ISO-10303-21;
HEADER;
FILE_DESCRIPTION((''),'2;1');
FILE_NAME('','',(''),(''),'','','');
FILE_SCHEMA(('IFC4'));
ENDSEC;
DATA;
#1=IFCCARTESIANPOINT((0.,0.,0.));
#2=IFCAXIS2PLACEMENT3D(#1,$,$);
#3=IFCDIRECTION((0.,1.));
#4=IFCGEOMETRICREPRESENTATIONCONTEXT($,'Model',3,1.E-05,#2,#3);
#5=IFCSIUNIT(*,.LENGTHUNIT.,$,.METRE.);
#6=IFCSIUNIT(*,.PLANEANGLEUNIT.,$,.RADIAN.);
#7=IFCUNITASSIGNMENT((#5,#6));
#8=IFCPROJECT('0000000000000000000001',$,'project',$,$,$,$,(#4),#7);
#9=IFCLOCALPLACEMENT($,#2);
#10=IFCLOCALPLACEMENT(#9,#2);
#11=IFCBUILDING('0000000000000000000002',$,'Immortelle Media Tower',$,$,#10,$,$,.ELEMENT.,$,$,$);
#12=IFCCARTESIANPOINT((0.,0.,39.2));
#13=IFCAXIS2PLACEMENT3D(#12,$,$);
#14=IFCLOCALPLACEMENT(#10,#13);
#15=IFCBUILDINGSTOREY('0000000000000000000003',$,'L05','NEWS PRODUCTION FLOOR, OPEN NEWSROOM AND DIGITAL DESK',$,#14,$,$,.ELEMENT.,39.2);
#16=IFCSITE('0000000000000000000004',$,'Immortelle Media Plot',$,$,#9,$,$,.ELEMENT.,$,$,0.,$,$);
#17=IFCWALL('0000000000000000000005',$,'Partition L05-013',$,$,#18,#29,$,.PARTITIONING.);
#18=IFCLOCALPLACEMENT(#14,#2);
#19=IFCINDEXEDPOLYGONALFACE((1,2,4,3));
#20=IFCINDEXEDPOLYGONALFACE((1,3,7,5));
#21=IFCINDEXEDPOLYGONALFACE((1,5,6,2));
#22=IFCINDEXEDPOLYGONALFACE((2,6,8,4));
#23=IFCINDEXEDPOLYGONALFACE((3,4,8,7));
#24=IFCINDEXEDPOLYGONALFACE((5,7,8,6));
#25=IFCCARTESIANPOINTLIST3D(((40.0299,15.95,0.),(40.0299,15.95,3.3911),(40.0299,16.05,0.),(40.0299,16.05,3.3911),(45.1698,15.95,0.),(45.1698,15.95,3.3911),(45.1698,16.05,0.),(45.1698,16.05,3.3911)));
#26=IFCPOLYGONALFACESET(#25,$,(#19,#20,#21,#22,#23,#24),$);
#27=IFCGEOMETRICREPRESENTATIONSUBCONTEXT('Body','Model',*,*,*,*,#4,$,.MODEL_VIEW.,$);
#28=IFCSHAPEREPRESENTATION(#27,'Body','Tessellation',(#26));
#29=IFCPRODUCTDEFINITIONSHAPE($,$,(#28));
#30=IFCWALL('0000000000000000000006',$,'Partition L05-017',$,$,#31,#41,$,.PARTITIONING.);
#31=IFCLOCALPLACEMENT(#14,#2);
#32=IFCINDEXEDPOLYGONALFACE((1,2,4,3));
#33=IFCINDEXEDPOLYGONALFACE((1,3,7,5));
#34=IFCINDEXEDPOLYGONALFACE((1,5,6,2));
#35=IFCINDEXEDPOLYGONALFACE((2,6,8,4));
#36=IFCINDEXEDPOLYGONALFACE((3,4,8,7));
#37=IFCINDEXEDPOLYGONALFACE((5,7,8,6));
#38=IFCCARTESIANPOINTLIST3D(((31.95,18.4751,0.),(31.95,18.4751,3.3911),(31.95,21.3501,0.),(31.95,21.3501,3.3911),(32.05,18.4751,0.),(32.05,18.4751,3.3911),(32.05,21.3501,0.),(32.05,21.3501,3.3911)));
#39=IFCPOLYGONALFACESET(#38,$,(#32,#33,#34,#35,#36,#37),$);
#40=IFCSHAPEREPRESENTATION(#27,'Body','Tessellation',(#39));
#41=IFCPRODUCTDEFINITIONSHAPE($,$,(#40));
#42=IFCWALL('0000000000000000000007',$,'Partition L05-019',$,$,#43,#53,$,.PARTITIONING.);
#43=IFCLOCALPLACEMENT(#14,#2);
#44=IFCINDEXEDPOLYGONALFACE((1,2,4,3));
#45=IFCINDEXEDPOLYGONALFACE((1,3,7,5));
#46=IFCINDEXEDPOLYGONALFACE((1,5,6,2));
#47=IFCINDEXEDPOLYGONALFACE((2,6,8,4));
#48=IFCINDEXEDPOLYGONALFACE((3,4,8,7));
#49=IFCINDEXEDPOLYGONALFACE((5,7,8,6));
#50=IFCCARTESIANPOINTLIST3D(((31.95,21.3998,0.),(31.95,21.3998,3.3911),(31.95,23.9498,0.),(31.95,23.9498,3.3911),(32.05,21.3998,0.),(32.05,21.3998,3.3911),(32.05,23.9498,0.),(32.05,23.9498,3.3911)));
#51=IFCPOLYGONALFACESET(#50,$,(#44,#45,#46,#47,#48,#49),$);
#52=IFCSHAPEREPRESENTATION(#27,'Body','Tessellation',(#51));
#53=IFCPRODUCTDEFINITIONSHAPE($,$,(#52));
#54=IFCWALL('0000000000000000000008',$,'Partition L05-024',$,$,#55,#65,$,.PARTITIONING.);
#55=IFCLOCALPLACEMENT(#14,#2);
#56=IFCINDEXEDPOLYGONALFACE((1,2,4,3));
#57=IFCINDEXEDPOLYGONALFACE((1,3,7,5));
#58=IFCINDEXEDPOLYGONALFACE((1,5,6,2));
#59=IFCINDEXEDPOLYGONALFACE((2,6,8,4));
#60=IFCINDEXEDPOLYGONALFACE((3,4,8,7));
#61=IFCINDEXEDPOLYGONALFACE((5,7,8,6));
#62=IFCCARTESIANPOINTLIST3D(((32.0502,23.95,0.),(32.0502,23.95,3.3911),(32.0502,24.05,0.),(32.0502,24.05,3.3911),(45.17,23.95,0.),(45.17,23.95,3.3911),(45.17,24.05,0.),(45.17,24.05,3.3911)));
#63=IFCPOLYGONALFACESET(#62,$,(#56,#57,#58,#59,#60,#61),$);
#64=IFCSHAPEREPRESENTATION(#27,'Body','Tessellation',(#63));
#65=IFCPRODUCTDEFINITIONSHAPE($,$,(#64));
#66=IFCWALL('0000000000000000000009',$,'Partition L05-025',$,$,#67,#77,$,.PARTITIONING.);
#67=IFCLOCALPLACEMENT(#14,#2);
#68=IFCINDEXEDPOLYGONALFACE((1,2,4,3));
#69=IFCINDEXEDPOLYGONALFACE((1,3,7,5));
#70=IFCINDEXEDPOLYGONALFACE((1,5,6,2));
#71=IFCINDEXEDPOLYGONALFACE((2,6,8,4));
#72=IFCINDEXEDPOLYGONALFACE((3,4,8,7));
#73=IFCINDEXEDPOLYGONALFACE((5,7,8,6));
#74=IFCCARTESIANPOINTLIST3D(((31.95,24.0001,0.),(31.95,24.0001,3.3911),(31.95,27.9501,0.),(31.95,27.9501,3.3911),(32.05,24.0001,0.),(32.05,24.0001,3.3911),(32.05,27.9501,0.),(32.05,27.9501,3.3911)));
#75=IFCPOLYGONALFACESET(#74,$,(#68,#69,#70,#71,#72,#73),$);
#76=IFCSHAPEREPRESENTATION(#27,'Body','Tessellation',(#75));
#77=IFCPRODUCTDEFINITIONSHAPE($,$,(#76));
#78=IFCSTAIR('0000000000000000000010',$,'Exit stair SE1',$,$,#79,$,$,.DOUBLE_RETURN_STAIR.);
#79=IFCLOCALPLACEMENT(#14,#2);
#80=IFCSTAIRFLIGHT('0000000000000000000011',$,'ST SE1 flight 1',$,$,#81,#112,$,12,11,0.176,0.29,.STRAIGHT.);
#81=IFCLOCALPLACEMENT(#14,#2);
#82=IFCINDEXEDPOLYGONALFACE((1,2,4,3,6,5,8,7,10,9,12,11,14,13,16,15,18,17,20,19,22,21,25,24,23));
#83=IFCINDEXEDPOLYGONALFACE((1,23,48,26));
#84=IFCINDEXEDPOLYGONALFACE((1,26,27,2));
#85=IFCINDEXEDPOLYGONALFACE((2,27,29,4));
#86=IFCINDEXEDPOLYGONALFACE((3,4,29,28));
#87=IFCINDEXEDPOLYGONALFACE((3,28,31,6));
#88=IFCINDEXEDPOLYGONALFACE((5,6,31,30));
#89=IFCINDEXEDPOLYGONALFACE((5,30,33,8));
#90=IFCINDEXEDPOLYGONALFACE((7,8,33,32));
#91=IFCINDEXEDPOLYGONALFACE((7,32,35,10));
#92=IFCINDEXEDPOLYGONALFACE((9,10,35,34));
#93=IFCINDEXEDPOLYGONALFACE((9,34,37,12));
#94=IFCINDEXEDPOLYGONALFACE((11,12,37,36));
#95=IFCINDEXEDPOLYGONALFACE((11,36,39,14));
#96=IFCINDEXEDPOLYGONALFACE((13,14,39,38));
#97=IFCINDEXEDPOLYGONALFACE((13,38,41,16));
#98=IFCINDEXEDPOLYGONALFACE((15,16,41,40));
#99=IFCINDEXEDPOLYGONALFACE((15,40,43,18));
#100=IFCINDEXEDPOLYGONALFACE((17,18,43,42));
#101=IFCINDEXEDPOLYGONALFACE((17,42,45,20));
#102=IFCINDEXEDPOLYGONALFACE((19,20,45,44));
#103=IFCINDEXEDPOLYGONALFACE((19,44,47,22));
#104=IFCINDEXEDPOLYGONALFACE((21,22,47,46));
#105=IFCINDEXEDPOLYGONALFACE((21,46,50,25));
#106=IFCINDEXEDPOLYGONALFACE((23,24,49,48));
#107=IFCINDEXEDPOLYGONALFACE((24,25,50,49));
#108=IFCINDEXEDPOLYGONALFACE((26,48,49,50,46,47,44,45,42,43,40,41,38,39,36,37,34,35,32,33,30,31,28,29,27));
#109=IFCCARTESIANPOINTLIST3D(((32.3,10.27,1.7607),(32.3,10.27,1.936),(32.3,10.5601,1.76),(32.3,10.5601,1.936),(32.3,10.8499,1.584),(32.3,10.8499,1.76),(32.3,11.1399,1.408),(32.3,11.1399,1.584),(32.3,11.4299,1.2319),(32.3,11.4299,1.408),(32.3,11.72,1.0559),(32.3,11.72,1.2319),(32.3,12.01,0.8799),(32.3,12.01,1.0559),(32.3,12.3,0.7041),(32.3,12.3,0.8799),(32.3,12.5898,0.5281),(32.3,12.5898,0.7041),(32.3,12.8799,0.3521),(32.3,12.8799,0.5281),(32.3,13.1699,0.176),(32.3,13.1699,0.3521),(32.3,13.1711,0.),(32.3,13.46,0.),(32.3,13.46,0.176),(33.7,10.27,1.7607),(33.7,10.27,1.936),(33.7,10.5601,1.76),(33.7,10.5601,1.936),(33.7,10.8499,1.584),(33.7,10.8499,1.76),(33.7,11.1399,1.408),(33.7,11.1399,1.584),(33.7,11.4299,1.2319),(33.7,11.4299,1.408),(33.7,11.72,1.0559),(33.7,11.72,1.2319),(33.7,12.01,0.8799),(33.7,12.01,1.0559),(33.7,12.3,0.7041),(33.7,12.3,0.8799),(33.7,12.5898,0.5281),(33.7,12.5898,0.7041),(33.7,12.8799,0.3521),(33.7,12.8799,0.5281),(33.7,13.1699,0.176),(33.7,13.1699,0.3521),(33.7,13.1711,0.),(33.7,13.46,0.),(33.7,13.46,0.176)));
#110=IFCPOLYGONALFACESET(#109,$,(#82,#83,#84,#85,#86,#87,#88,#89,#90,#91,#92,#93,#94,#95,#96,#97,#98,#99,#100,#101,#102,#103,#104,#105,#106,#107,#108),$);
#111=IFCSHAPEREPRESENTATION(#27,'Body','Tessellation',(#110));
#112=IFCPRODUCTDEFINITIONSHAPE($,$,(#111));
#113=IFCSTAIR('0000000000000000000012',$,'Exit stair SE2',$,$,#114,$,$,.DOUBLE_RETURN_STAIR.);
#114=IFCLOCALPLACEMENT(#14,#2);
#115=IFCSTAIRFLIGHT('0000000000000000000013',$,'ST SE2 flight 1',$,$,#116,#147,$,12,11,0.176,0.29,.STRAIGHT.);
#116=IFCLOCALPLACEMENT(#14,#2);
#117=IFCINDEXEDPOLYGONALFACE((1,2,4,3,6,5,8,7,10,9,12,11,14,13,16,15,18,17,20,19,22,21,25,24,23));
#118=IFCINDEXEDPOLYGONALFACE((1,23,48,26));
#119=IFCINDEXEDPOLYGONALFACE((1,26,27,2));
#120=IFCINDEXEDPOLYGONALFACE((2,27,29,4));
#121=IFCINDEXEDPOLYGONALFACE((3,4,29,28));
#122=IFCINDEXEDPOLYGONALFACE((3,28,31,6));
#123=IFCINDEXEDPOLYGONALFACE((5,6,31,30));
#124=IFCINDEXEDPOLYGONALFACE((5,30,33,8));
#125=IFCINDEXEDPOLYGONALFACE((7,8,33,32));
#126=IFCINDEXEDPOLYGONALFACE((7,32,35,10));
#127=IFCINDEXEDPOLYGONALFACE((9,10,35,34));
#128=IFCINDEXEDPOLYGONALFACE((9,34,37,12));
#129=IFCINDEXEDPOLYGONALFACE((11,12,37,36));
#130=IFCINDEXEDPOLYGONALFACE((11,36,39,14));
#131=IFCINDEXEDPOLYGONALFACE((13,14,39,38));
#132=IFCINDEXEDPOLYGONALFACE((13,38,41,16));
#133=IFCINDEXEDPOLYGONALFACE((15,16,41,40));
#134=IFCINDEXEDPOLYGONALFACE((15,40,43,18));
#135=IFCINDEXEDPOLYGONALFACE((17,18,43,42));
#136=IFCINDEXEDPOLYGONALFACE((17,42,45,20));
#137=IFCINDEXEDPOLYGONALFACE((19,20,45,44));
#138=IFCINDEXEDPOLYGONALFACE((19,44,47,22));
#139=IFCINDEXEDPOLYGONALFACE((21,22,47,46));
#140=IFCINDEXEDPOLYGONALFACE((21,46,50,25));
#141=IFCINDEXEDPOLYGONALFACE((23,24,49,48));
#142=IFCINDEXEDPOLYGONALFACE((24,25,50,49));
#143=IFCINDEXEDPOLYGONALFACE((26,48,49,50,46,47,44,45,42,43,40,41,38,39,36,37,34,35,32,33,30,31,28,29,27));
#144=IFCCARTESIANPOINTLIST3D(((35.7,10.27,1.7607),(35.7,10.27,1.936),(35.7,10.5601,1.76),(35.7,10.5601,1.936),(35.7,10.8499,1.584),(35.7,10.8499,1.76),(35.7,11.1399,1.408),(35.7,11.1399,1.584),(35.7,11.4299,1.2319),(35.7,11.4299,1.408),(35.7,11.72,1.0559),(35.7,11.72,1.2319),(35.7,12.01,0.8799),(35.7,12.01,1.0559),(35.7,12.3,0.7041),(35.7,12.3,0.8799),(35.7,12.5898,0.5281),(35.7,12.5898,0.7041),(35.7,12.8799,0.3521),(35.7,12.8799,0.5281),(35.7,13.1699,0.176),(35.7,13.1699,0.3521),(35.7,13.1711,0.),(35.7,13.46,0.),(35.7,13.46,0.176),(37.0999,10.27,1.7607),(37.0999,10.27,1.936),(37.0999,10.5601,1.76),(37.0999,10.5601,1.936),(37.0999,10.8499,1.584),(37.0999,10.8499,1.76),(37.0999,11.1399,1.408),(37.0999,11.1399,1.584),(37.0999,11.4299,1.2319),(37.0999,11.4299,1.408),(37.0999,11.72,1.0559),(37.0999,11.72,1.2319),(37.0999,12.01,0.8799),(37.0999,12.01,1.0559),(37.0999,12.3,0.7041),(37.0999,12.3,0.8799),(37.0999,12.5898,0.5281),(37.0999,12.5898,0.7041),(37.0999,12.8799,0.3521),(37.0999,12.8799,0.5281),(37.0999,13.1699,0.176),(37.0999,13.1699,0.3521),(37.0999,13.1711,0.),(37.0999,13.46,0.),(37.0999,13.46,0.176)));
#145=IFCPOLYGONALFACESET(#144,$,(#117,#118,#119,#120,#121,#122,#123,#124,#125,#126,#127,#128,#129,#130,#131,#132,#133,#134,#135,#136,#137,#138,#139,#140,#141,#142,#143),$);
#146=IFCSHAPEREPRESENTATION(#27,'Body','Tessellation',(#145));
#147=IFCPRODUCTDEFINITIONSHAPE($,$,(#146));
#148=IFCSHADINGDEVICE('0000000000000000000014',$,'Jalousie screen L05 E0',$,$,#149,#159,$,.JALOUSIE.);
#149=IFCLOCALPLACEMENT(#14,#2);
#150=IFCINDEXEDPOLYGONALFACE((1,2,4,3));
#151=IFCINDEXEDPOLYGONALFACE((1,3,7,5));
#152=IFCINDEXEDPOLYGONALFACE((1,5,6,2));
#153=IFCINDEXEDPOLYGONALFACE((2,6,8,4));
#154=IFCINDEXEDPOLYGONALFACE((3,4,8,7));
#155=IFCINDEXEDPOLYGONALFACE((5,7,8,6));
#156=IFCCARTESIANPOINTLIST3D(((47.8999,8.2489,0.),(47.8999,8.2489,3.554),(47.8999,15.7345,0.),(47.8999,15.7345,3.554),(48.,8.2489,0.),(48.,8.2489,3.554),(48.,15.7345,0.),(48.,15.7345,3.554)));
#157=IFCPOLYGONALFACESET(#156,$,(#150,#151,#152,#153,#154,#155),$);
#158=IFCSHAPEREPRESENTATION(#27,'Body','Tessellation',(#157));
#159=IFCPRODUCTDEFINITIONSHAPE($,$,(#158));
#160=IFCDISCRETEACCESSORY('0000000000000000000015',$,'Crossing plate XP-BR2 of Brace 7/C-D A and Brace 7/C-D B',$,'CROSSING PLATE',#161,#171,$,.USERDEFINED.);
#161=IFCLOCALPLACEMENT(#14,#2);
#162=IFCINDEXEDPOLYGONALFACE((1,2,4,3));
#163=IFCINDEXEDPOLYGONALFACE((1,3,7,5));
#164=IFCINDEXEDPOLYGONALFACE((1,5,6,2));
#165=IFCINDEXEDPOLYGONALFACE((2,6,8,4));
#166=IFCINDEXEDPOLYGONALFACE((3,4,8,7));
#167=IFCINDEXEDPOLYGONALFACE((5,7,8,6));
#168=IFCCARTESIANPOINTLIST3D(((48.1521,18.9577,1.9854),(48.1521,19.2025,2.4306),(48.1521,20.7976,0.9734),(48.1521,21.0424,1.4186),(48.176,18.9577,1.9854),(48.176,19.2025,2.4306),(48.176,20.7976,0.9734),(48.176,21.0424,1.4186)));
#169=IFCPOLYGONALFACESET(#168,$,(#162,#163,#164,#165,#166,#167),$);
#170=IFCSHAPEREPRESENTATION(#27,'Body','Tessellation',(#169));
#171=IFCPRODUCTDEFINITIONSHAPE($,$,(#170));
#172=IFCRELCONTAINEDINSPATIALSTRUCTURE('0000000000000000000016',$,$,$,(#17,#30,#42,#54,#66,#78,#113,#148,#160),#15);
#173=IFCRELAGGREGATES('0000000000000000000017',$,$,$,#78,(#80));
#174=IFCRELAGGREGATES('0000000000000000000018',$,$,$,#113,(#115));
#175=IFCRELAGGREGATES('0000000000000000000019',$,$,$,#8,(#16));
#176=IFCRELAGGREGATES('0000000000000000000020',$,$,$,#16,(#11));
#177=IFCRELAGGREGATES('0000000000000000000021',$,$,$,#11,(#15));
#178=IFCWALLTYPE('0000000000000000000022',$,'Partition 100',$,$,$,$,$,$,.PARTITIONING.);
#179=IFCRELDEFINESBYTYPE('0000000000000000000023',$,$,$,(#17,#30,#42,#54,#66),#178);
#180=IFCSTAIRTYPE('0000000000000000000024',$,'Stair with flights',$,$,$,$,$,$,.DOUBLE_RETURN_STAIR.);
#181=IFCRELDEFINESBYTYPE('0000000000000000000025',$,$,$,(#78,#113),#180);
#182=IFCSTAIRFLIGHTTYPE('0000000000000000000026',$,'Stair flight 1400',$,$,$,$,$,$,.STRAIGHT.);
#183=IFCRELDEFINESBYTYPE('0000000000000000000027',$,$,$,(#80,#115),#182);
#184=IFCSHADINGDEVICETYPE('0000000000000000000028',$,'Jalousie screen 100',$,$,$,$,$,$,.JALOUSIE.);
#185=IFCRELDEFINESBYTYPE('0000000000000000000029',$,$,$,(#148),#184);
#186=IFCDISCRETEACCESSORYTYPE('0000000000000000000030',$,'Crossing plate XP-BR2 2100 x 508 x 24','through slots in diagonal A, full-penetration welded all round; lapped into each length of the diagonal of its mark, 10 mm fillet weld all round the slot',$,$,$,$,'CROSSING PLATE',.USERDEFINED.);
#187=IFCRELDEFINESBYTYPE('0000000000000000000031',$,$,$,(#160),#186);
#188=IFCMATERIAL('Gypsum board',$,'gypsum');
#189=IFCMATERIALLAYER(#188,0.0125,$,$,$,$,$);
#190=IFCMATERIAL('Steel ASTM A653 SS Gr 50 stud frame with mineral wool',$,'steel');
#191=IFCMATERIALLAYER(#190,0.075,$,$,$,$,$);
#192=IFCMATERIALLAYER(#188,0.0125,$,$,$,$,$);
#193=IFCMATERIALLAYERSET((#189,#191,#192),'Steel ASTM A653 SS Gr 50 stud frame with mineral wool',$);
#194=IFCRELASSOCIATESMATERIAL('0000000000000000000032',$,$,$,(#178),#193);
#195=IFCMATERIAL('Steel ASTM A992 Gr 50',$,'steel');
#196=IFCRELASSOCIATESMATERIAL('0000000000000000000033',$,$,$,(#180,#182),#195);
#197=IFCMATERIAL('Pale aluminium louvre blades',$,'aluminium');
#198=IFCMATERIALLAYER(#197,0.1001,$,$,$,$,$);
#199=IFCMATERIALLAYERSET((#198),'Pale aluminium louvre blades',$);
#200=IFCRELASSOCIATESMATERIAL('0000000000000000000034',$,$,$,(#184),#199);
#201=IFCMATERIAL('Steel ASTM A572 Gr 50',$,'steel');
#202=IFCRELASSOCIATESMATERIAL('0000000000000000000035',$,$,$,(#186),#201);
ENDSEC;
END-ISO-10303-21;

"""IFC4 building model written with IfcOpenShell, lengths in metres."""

from ifc_helpers import new_model, si_unit, direction, frame, frame_2d, origin, origin_2d, place, context, subcontext, project, spatial, polyline, rectangle, outline, extrude, material, layer, layer_set, material_profile, profile_set, type_object, element, aggregate, save


model = new_model("IFC4")

# Units and contexts
model_context = context("Model", 3, precision=1e-05, world=origin(), true_north=direction((0.0, 1.0)))
body_context = subcontext(model_context, "Body", "Model", "MODEL_VIEW")
ifc_project = project(units=[si_unit("LENGTHUNIT", "METRE"), si_unit("PLANEANGLEUNIT", "RADIAN")], contexts=[model_context])

# Site, building, storey
site_placement = place(None, origin())
site = spatial("IfcSite", under=ifc_project, at=site_placement, Name="Immortelle Media Plot", CompositionType="ELEMENT", RefElevation=0.0)
building_placement = place(site_placement, origin())
building = spatial("IfcBuilding", under=site, at=building_placement, Name="Immortelle Media Tower", CompositionType="ELEMENT")
storey_placement = place(building_placement, frame((0.0, 0.0, 39.2)))
storey = spatial("IfcBuildingStorey", under=building, at=storey_placement, Name="L05", Description="NEWS PRODUCTION FLOOR, OPEN NEWSROOM AND DIGITAL DESK", CompositionType="ELEMENT", Elevation=39.2)

# Shared definitions
ifc_material_1 = material(Name="Steel ASTM A992 Gr 50", Category="steel")

# Walls
ifc_material_2 = material(Name="Steel ASTM A653 SS Gr 50 stud frame with mineral wool", Category="steel")
ifc_material_3 = material(Name="Gypsum board", Category="gypsum")
ifc_layer_1 = layer(ifc_material_3, 0.0125)
ifc_layer_2 = layer(ifc_material_2, 0.075)
ifc_layer_3 = layer(ifc_material_3, 0.0125)
ifc_layer_set_1 = layer_set([ifc_layer_1, ifc_layer_2, ifc_layer_3], Name="Steel ASTM A653 SS Gr 50 stud frame with mineral wool")
wall_type_1 = type_object("IfcWallType", Name="Partition 100", PredefinedType="PARTITIONING", material=ifc_layer_set_1)
wall_1_placement = place(storey_placement, frame((40.03, 16.0, 0.0), z_axis=(0.0, 0.0, 1.0), x_axis=(1.0, 0.0, 0.0)))
element("IfcWall", 1, at=wall_1_placement, inside=storey, type_object=wall_type_1, Name="Partition L05-013", PredefinedType="PARTITIONING", context=body_context, shape_type="SweptSolid", body=[
    extrude(rectangle(XDim=5.1399, YDim=0.1001, at=frame_2d((2.5698, 0.0))), origin(), (0.0, 0.0, 1.0), 3.3911),
])
wall_2_placement = place(storey_placement, frame((32.0, 18.4751, 0.0), z_axis=(0.0, 0.0, 1.0), x_axis=(0.0, 1.0, 0.0)))
element("IfcWall", 2, at=wall_2_placement, inside=storey, type_object=wall_type_1, Name="Partition L05-017", PredefinedType="PARTITIONING", context=body_context, shape_type="SweptSolid", body=[
    extrude(rectangle(XDim=2.875, YDim=0.1001, at=frame_2d((1.4375, 0.0))), origin(), (0.0, 0.0, 1.0), 3.3911),
])
wall_3_placement = place(storey_placement, frame((32.0, 21.3999, 0.0), z_axis=(0.0, 0.0, 1.0), x_axis=(0.0, 1.0, 0.0)))
element("IfcWall", 3, at=wall_3_placement, inside=storey, type_object=wall_type_1, Name="Partition L05-019", PredefinedType="PARTITIONING", context=body_context, shape_type="SweptSolid", body=[
    extrude(rectangle(XDim=2.55, YDim=0.1001, at=frame_2d((1.2749, 0.0))), origin(), (0.0, 0.0, 1.0), 3.3911),
])
wall_4_placement = place(storey_placement, frame((32.05, 24.0, 0.0), z_axis=(0.0, 0.0, 1.0), x_axis=(1.0, 0.0, 0.0)))
element("IfcWall", 4, at=wall_4_placement, inside=storey, type_object=wall_type_1, Name="Partition L05-024", PredefinedType="PARTITIONING", context=body_context, shape_type="SweptSolid", body=[
    extrude(rectangle(XDim=13.1199, YDim=0.1001, at=frame_2d((6.5601, 0.0))), origin(), (0.0, 0.0, 1.0), 3.3911),
])
wall_5_placement = place(storey_placement, frame((32.0, 24.0, 0.0), z_axis=(0.0, 0.0, 1.0), x_axis=(0.0, 1.0, 0.0)))
element("IfcWall", 5, at=wall_5_placement, inside=storey, type_object=wall_type_1, Name="Partition L05-025", PredefinedType="PARTITIONING", context=body_context, shape_type="SweptSolid", body=[
    extrude(rectangle(XDim=3.95, YDim=0.1001, at=frame_2d((1.9751, 0.0))), origin(), (0.0, 0.0, 1.0), 3.3911),
])

# Stairs, stair flights
stair_type = type_object("IfcStairType", Name="Stair with flights", PredefinedType="DOUBLE_RETURN_STAIR", material=ifc_material_1)
stair_1_placement = place(storey_placement, origin())
stair_1 = element("IfcStair", 6, at=stair_1_placement, inside=storey, type_object=stair_type, Name="Exit stair SE1", PredefinedType="DOUBLE_RETURN_STAIR")
stair_flight_type = type_object("IfcStairFlightType", Name="Stair flight 1400", PredefinedType="STRAIGHT", material=ifc_material_1)
stair_flight_1_placement = place(storey_placement, frame((33.0, 13.46, 0.0), z_axis=(0.0, 0.0, 1.0), x_axis=(0.0, -1.0, 0.0)))
stair_flight_1 = element("IfcStairFlight", 7, at=stair_flight_1_placement, type_object=stair_flight_type, Name="ST SE1 flight 1", NumberOfRisers=12, NumberOfTreads=11, PredefinedType="STRAIGHT", RiserHeight=0.176, TreadLength=0.29, context=body_context, shape_type="SweptSolid", body=[
    extrude(outline(polyline([(0.0, 0.0), (0.0, 0.176), (0.29, 0.176), (0.29, 0.3521), (0.5801, 0.3521), (0.5801, 0.5281), (0.8701, 0.5281), (0.8701, 0.7041), (1.1599, 0.7041), (1.1599, 0.8799), (1.45, 0.8799), (1.45, 1.0559), (1.74, 1.0559), (1.74, 1.2319), (2.03, 1.2319), (2.03, 1.408), (2.3201, 1.408), (2.3201, 1.584), (2.6101, 1.584), (2.6101, 1.76), (2.8999, 1.76), (2.8999, 1.936), (3.1899, 1.936), (3.1899, 2.1121), (3.1899, 1.7607), (0.2888, 0.0), (0.0, 0.0)])), frame((0.0, 0.7, 0.0), z_axis=(0.0, -1.0, 0.0), x_axis=(1.0, 0.0, 0.0)), (0.0, 0.0, 1.0), 1.3999),
])
aggregate(stair_1, [stair_flight_1])
stair_2_placement = place(storey_placement, origin())
stair_2 = element("IfcStair", 8, at=stair_2_placement, inside=storey, type_object=stair_type, Name="Exit stair SE2", PredefinedType="DOUBLE_RETURN_STAIR")
stair_flight_2_placement = place(storey_placement, frame((36.3999, 13.46, 0.0), z_axis=(0.0, 0.0, 1.0), x_axis=(0.0, -1.0, 0.0)))
stair_flight_2 = element("IfcStairFlight", 9, at=stair_flight_2_placement, type_object=stair_flight_type, Name="ST SE2 flight 1", NumberOfRisers=12, NumberOfTreads=11, PredefinedType="STRAIGHT", RiserHeight=0.176, TreadLength=0.29, context=body_context, shape_type="SweptSolid", body=[
    extrude(outline(polyline([(0.0, 0.0), (0.0, 0.176), (0.29, 0.176), (0.29, 0.3521), (0.5801, 0.3521), (0.5801, 0.5281), (0.8701, 0.5281), (0.8701, 0.7041), (1.1599, 0.7041), (1.1599, 0.8799), (1.45, 0.8799), (1.45, 1.0559), (1.74, 1.0559), (1.74, 1.2319), (2.03, 1.2319), (2.03, 1.408), (2.3201, 1.408), (2.3201, 1.584), (2.6101, 1.584), (2.6101, 1.76), (2.8999, 1.76), (2.8999, 1.936), (3.1899, 1.936), (3.1899, 2.1121), (3.1899, 1.7607), (0.2888, 0.0), (0.0, 0.0)])), frame((0.0, 0.7, 0.0), z_axis=(0.0, -1.0, 0.0), x_axis=(1.0, 0.0, 0.0)), (0.0, 0.0, 1.0), 1.3999),
])
aggregate(stair_2, [stair_flight_2])

# Shading device
ifc_material_4 = material(Name="Pale aluminium louvre blades", Category="aluminium")
ifc_layer_4 = layer(ifc_material_4, 0.1001)
ifc_layer_set_2 = layer_set([ifc_layer_4], Name="Pale aluminium louvre blades")
shading_device_type = type_object("IfcShadingDeviceType", Name="Jalousie screen 100", PredefinedType="JALOUSIE", material=ifc_layer_set_2)
shading_device_placement = place(storey_placement, frame((47.95, 11.9917, 0.0), z_axis=(0.0, 0.0, 1.0), x_axis=(0.0, 1.0, 0.0)))
element("IfcShadingDevice", 10, at=shading_device_placement, inside=storey, type_object=shading_device_type, Name="Jalousie screen L05 E0", PredefinedType="JALOUSIE", context=body_context, shape_type="SweptSolid", body=[
    extrude(rectangle(XDim=7.4856, YDim=0.1001, at=origin_2d()), origin(), (0.0, 0.0, 1.0), 3.554),
])

# Discrete accessory
ifc_material_5 = material(Name="Steel ASTM A572 Gr 50", Category="steel")
ifc_material_profile_1 = material_profile(ifc_material_5, rectangle(XDim=0.0239, YDim=0.5081, at=origin_2d()), Name="PL 24 x 508")
ifc_profile_set_1 = profile_set([ifc_material_profile_1], Name="Steel ASTM A572 Gr 50")
discrete_accessory_type_1 = type_object("IfcDiscreteAccessoryType", Name="Crossing plate XP-BR2 2100 x 508 x 24", Description="through slots in diagonal A, full-penetration welded all round; lapped into each length of the diagonal of its mark, 10 mm fillet weld all round the slot", ElementType="CROSSING PLATE", PredefinedType="USERDEFINED", material=ifc_profile_set_1)
discrete_accessory_placement = place(storey_placement, frame((48.1641, 19.0801, 2.208), z_axis=(0.0, 0.876206, -0.481937), x_axis=(-1.0, 0.0, 0.0)))
element("IfcDiscreteAccessory", 11, at=discrete_accessory_placement, inside=storey, type_object=discrete_accessory_type_1, Name="Crossing plate XP-BR2 of Brace 7/C-D A and Brace 7/C-D B", ObjectType="CROSSING PLATE", PredefinedType="USERDEFINED", context=body_context, shape_type="SweptSolid", body=[
    extrude(rectangle(XDim=0.0239, YDim=0.5081, at=origin_2d()), origin(), (0.0, 0.0, 1.0), 2.0999),
])

save(model, "model.ifc")
